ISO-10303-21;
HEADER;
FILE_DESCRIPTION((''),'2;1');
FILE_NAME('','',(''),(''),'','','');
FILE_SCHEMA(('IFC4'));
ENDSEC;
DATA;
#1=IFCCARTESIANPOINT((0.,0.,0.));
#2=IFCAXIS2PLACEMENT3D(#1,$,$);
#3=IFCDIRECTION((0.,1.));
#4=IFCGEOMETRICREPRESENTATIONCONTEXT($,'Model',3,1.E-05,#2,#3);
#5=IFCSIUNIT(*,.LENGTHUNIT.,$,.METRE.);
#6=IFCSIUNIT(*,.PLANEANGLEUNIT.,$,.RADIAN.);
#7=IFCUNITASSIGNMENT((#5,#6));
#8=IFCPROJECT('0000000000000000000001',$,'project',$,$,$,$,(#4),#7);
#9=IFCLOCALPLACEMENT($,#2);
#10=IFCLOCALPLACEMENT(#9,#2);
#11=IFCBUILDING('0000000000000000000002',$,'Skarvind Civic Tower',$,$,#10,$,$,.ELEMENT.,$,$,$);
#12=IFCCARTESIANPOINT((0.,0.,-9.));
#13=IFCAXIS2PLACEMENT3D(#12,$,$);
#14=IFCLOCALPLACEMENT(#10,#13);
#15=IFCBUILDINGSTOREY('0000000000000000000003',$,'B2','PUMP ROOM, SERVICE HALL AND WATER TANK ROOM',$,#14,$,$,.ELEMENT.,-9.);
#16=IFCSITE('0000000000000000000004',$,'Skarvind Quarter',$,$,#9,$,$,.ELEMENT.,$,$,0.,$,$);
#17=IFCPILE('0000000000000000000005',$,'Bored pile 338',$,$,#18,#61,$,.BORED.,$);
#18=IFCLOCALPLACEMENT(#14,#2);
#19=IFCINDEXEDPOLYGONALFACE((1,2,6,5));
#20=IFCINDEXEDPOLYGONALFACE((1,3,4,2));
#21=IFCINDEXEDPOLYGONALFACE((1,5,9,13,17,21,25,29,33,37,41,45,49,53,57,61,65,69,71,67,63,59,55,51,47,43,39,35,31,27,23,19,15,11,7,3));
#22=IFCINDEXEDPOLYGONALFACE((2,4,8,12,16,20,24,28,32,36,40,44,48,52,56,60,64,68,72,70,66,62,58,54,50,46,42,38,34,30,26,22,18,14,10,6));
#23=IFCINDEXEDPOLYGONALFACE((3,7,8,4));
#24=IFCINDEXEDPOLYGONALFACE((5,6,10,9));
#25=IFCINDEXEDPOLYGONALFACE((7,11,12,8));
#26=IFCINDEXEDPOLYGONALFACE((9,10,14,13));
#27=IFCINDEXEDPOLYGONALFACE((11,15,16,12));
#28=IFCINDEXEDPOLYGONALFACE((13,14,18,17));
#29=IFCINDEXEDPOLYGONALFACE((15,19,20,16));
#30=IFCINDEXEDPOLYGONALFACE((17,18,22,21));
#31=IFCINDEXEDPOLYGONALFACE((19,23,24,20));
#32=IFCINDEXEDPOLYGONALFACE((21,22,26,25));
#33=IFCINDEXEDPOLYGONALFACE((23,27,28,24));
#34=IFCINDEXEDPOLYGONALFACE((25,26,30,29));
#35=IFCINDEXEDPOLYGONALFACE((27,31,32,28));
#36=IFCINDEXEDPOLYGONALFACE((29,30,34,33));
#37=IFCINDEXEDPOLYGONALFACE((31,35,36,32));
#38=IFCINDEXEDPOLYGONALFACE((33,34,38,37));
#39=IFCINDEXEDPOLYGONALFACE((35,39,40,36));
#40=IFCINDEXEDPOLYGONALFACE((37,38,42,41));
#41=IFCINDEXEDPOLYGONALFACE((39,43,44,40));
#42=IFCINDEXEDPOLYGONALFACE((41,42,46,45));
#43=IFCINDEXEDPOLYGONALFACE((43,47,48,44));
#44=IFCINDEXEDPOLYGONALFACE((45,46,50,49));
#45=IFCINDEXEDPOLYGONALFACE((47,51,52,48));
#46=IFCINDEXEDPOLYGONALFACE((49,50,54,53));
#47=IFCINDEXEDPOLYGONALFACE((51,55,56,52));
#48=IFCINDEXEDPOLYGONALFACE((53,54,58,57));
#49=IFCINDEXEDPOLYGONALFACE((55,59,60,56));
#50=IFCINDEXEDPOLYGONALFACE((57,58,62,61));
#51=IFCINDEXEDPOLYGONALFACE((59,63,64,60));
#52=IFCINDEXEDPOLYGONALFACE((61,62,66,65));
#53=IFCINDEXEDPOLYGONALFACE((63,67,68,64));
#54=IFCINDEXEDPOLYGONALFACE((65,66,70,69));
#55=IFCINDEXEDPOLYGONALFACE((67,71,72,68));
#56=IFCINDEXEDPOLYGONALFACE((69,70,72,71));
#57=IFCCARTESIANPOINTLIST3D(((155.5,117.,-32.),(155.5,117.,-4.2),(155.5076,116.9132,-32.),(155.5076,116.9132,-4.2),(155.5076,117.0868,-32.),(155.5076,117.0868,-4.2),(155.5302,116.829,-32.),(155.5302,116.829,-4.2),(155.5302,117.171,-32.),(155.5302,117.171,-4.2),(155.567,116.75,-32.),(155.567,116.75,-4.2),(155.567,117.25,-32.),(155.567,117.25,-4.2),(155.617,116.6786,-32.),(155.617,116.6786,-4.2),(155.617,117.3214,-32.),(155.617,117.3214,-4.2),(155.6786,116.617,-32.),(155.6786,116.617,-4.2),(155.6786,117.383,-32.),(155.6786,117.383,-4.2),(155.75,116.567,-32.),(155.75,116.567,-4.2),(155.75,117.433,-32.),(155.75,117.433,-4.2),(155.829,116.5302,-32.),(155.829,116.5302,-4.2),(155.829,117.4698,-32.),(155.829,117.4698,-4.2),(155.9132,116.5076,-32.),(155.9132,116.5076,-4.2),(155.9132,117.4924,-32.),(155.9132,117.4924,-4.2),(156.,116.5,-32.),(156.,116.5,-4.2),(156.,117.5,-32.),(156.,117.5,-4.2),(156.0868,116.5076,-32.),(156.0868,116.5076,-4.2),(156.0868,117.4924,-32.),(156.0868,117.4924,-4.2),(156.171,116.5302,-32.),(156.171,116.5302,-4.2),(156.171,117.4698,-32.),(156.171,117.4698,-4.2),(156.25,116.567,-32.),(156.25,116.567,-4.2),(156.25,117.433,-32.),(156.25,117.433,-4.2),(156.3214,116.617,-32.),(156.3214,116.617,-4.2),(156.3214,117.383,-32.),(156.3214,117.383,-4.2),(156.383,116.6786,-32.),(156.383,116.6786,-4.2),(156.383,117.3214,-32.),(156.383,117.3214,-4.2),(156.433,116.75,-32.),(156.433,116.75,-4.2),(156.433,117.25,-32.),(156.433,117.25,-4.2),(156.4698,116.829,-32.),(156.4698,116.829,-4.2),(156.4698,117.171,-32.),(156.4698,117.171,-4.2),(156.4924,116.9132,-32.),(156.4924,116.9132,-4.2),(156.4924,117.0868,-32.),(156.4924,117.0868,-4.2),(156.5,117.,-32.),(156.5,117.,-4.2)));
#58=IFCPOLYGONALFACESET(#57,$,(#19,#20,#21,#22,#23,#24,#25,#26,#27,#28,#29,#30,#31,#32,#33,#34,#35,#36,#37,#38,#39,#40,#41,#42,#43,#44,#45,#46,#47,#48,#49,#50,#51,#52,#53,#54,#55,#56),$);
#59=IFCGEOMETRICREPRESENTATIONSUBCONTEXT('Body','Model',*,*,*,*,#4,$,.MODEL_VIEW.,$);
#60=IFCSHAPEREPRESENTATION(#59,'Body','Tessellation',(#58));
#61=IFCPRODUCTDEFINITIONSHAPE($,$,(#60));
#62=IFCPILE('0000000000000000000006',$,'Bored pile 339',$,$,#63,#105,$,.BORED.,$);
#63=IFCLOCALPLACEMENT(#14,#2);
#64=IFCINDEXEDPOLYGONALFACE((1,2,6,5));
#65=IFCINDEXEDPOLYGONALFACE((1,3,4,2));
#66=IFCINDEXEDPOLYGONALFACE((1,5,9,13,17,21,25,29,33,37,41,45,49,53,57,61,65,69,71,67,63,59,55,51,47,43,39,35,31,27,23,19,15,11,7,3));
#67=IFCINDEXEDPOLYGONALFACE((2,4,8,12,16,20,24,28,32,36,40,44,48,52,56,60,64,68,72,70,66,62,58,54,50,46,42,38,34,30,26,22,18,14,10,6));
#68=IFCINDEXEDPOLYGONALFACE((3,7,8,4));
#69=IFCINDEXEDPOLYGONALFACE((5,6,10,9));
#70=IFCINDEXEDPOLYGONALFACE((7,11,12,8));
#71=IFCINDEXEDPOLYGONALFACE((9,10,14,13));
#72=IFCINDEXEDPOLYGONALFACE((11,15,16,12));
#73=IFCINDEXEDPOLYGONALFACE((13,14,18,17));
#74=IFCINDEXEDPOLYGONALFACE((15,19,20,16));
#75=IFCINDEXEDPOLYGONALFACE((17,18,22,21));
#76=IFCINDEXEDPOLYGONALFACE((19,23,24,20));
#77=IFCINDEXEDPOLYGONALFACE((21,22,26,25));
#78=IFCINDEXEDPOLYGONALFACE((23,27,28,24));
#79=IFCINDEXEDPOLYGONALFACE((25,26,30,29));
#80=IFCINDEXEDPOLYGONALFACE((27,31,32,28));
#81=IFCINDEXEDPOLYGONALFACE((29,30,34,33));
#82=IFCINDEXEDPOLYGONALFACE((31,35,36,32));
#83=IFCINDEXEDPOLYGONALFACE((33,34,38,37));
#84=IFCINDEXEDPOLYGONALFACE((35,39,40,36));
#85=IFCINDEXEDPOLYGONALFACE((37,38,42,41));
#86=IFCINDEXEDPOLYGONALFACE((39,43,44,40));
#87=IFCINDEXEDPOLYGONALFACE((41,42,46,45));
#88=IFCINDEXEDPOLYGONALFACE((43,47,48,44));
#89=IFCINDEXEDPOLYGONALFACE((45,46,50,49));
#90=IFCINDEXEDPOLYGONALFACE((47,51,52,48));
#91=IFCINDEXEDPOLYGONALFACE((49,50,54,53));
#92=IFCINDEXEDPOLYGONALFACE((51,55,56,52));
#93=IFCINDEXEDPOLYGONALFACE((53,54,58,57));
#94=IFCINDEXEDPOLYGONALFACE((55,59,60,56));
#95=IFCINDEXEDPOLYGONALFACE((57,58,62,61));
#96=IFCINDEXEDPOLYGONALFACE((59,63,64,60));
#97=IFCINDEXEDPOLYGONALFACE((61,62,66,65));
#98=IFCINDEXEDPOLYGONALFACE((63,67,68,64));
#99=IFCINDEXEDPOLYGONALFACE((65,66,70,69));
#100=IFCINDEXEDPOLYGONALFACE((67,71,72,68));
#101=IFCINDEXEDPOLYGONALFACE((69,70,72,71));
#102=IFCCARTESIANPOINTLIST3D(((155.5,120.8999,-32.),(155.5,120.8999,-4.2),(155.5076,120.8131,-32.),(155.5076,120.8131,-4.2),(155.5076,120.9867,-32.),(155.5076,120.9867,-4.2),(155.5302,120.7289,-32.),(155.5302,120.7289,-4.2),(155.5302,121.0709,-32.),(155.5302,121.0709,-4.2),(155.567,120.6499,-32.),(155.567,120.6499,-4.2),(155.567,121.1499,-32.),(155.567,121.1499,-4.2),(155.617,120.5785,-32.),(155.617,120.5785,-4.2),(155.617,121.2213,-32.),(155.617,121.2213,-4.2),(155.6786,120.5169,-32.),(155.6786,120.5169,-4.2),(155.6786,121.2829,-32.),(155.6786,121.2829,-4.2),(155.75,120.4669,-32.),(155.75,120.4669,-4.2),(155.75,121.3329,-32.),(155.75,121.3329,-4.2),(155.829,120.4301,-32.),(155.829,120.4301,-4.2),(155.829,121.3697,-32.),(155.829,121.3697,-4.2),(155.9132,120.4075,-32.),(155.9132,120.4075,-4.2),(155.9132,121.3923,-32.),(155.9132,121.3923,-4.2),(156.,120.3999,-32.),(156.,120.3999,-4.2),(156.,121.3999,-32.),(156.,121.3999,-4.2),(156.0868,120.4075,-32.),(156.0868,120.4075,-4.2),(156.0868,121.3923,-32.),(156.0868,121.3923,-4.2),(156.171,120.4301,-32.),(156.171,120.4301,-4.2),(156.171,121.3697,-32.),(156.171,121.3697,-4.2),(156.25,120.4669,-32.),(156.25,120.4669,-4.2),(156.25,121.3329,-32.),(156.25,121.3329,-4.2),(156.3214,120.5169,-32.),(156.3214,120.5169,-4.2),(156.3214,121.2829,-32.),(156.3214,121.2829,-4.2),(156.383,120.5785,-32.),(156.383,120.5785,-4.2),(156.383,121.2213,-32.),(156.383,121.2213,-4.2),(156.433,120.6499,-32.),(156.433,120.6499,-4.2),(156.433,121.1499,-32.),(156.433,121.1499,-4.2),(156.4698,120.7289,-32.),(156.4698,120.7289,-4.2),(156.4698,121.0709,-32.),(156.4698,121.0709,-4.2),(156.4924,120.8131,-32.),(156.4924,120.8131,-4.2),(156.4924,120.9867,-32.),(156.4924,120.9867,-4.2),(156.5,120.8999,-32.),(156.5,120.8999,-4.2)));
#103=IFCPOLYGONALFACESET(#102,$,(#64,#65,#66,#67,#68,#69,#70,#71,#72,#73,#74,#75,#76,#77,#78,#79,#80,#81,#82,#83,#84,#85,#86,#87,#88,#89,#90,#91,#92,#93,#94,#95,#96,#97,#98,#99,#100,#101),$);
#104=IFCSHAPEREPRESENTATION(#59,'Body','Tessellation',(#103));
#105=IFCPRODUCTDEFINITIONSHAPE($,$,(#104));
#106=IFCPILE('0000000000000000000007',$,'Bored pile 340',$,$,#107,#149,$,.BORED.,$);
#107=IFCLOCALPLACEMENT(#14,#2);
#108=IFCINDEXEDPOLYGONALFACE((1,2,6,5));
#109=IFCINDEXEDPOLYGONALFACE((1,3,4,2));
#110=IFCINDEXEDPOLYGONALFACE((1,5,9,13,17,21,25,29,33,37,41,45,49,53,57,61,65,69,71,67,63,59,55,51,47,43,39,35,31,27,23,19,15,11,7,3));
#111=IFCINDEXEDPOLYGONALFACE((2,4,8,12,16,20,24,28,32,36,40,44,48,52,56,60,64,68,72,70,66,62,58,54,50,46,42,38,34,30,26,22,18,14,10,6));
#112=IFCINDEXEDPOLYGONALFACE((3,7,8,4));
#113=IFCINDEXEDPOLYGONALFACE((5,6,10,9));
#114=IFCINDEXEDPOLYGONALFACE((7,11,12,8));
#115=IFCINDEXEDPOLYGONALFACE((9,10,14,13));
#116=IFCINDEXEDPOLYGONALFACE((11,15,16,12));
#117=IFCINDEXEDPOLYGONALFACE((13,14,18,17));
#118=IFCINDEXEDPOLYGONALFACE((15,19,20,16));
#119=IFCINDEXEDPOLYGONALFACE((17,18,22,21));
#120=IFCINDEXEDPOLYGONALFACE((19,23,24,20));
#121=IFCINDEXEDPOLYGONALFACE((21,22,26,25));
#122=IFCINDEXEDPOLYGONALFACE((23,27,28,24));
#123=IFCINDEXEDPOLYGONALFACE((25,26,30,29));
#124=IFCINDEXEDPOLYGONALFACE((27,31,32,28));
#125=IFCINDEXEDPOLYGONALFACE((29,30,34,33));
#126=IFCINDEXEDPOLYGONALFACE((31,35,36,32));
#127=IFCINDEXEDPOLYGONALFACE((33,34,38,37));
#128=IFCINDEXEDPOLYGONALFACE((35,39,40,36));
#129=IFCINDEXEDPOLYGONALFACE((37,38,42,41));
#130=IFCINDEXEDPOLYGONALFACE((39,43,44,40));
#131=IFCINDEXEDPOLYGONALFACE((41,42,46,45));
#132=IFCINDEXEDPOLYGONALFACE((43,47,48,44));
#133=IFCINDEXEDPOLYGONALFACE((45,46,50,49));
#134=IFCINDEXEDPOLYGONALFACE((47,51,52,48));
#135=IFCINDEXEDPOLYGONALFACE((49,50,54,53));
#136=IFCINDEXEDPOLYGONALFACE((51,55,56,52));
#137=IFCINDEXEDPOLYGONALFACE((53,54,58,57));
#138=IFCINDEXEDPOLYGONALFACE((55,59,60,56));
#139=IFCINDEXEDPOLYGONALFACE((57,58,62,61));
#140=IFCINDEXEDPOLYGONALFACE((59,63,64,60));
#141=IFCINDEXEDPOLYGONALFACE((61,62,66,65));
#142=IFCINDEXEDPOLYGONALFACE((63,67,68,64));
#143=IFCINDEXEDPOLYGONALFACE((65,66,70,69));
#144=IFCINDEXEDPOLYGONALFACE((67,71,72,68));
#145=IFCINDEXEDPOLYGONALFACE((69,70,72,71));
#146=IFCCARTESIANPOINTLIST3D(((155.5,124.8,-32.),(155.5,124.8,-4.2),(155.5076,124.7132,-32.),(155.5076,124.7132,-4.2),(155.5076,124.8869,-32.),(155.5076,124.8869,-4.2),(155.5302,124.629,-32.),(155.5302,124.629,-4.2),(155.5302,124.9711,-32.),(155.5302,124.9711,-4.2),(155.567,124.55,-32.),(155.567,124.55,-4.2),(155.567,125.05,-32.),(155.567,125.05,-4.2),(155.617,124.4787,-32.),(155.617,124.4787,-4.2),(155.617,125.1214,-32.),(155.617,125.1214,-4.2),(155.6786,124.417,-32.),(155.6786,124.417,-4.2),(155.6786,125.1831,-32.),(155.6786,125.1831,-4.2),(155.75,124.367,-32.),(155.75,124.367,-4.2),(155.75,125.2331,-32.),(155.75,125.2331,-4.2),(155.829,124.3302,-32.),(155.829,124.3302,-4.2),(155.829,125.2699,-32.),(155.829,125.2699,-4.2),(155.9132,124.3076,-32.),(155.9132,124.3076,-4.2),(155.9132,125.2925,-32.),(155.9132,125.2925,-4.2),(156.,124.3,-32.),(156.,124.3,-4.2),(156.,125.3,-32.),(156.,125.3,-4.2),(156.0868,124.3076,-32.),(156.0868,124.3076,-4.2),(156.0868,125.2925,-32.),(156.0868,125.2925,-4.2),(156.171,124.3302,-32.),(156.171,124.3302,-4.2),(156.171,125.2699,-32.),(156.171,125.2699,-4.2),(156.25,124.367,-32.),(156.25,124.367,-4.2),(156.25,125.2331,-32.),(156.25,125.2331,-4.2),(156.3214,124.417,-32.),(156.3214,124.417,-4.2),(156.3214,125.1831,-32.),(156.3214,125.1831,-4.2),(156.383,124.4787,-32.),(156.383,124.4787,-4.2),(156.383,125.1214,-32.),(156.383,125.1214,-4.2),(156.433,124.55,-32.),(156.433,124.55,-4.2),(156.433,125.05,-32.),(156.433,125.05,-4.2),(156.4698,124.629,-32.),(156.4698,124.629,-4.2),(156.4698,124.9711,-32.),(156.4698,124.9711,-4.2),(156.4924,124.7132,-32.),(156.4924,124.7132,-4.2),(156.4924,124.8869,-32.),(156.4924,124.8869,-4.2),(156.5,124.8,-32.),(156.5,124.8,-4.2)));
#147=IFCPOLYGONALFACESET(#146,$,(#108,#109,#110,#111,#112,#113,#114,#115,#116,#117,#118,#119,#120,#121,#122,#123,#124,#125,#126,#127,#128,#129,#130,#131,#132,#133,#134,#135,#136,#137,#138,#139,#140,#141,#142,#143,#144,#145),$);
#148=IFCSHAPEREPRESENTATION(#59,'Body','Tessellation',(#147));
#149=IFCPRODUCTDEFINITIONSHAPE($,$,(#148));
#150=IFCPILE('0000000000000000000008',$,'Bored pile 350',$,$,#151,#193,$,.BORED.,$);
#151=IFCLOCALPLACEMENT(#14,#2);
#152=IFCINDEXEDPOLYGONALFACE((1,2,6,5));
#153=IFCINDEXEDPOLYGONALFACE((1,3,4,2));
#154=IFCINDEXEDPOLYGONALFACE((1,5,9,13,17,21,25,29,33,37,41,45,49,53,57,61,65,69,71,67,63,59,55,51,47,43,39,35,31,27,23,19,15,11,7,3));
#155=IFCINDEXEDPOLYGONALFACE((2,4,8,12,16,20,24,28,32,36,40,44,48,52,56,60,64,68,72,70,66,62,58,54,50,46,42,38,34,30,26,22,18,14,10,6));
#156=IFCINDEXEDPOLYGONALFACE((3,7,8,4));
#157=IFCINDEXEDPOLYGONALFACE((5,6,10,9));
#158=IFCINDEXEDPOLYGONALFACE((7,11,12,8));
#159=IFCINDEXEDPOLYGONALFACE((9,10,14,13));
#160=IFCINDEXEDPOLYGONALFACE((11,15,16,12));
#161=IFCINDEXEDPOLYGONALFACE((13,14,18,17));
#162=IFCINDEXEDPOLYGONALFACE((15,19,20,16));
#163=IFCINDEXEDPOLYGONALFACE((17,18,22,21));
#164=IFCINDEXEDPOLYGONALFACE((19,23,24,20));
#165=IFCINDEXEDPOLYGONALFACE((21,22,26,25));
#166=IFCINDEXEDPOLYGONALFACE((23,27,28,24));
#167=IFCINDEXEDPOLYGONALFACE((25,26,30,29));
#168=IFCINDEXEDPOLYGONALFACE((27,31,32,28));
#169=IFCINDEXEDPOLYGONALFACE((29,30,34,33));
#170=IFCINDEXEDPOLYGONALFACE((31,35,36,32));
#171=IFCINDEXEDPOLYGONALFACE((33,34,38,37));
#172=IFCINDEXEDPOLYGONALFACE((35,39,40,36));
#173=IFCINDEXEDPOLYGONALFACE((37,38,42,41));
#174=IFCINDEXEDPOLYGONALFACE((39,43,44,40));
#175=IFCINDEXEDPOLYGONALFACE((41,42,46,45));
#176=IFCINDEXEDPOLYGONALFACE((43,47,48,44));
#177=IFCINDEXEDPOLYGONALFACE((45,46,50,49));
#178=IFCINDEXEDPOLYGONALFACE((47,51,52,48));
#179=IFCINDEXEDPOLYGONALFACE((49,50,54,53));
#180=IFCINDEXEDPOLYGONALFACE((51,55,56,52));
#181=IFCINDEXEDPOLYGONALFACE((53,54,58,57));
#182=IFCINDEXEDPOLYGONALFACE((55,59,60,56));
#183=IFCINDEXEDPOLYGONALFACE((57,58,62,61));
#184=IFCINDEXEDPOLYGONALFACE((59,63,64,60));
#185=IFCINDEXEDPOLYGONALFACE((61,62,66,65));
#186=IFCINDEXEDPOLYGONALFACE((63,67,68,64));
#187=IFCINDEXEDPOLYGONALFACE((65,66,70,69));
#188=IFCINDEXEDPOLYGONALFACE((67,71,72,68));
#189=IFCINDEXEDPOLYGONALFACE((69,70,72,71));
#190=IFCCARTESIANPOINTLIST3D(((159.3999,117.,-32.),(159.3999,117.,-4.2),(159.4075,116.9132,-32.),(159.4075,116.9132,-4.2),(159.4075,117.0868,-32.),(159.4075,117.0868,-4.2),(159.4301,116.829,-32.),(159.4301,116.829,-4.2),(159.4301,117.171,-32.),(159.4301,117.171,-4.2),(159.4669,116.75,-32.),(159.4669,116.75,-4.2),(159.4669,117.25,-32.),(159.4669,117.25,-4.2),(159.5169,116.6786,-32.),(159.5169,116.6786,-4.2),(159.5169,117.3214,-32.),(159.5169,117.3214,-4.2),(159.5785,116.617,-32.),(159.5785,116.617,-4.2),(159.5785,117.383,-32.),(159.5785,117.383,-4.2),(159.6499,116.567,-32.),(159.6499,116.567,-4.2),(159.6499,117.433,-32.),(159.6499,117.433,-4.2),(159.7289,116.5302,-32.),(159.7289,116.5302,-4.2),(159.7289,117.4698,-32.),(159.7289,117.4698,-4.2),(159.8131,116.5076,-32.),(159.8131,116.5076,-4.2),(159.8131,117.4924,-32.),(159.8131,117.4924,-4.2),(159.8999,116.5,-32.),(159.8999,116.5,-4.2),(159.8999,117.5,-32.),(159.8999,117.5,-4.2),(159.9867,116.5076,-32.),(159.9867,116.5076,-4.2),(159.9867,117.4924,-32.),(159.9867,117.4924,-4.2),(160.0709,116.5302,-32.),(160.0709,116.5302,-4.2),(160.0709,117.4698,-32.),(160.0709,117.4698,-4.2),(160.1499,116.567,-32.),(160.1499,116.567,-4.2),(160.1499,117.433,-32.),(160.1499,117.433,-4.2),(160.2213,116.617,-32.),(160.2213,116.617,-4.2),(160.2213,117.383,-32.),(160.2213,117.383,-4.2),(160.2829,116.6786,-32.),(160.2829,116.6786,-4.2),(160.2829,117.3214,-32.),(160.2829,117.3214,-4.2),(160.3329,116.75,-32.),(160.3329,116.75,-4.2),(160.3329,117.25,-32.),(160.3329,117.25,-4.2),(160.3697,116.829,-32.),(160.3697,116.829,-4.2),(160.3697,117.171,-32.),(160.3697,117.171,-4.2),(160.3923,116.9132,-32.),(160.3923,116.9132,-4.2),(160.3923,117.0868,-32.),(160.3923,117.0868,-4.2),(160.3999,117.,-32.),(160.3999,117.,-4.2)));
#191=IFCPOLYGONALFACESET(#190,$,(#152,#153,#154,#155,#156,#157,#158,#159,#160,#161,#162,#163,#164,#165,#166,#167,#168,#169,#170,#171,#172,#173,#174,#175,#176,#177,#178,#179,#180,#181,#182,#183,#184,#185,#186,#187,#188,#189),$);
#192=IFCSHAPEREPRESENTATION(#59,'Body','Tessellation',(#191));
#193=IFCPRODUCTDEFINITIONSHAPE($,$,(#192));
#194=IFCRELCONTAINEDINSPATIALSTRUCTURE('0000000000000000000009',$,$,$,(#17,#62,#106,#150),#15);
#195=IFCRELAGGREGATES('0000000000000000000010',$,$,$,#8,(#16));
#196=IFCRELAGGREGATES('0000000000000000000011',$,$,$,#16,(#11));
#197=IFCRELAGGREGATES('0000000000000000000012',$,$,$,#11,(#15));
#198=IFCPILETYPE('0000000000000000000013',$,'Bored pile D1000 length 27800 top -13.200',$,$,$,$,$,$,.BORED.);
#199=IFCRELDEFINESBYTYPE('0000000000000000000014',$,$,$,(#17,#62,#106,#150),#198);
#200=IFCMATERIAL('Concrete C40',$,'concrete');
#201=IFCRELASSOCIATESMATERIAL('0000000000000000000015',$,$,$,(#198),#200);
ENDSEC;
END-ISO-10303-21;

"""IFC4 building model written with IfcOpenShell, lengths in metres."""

from ifc_helpers import new_model, si_unit, direction, frame, origin, origin_2d, place, context, subcontext, project, spatial, circle, extrude, material, type_object, element, save


model = new_model("IFC4")

# Units and contexts
model_context = context("Model", 3, precision=1e-05, world=origin(), true_north=direction((0.0, 1.0)))
body_context = subcontext(model_context, "Body", "Model", "MODEL_VIEW")
ifc_project = project(units=[si_unit("LENGTHUNIT", "METRE"), si_unit("PLANEANGLEUNIT", "RADIAN")], contexts=[model_context])

# Site, building, storey
site_placement = place(None, origin())
site = spatial("IfcSite", under=ifc_project, at=site_placement, Name="Skarvind Quarter", CompositionType="ELEMENT", RefElevation=0.0)
building_placement = place(site_placement, origin())
building = spatial("IfcBuilding", under=site, at=building_placement, Name="Skarvind Civic Tower", CompositionType="ELEMENT")
storey_placement = place(building_placement, frame((0.0, 0.0, -9.0)))
storey = spatial("IfcBuildingStorey", under=building, at=storey_placement, Name="B2", Description="PUMP ROOM, SERVICE HALL AND WATER TANK ROOM", CompositionType="ELEMENT", Elevation=-9.0)

# Piles
ifc_material_1 = material(Name="Concrete C40", Category="concrete")
pile_type_1 = type_object("IfcPileType", Name="Bored pile D1000 length 27800 top -13.200", PredefinedType="BORED", material=ifc_material_1)
for number, where, z_axis, x_axis, name in (
    (1, (156.0, 117.0, -4.2), (0.0, 0.0, -1.0), (1.0, 0.0, 0.0), "Bored pile 338"),
    (2, (156.0, 120.8999, -4.2), (0.0, 0.0, -1.0), (1.0, 0.0, 0.0), "Bored pile 339"),
    (3, (156.0, 124.8, -4.2), (0.0, 0.0, -1.0), (1.0, 0.0, 0.0), "Bored pile 340"),
    (4, (159.8999, 117.0, -4.2), (0.0, 0.0, -1.0), (1.0, 0.0, 0.0), "Bored pile 350"),
):
    element("IfcPile", number, at=place(storey_placement, frame(where, z_axis=z_axis, x_axis=x_axis)), inside=storey, type_object=pile_type_1, Name=name, PredefinedType="BORED", context=body_context, shape_type="SweptSolid", body=[
        extrude(circle(Radius=0.5, at=origin_2d()), origin(), (0.0, 0.0, 1.0), 27.8),
    ])

save(model, "model.ifc")
